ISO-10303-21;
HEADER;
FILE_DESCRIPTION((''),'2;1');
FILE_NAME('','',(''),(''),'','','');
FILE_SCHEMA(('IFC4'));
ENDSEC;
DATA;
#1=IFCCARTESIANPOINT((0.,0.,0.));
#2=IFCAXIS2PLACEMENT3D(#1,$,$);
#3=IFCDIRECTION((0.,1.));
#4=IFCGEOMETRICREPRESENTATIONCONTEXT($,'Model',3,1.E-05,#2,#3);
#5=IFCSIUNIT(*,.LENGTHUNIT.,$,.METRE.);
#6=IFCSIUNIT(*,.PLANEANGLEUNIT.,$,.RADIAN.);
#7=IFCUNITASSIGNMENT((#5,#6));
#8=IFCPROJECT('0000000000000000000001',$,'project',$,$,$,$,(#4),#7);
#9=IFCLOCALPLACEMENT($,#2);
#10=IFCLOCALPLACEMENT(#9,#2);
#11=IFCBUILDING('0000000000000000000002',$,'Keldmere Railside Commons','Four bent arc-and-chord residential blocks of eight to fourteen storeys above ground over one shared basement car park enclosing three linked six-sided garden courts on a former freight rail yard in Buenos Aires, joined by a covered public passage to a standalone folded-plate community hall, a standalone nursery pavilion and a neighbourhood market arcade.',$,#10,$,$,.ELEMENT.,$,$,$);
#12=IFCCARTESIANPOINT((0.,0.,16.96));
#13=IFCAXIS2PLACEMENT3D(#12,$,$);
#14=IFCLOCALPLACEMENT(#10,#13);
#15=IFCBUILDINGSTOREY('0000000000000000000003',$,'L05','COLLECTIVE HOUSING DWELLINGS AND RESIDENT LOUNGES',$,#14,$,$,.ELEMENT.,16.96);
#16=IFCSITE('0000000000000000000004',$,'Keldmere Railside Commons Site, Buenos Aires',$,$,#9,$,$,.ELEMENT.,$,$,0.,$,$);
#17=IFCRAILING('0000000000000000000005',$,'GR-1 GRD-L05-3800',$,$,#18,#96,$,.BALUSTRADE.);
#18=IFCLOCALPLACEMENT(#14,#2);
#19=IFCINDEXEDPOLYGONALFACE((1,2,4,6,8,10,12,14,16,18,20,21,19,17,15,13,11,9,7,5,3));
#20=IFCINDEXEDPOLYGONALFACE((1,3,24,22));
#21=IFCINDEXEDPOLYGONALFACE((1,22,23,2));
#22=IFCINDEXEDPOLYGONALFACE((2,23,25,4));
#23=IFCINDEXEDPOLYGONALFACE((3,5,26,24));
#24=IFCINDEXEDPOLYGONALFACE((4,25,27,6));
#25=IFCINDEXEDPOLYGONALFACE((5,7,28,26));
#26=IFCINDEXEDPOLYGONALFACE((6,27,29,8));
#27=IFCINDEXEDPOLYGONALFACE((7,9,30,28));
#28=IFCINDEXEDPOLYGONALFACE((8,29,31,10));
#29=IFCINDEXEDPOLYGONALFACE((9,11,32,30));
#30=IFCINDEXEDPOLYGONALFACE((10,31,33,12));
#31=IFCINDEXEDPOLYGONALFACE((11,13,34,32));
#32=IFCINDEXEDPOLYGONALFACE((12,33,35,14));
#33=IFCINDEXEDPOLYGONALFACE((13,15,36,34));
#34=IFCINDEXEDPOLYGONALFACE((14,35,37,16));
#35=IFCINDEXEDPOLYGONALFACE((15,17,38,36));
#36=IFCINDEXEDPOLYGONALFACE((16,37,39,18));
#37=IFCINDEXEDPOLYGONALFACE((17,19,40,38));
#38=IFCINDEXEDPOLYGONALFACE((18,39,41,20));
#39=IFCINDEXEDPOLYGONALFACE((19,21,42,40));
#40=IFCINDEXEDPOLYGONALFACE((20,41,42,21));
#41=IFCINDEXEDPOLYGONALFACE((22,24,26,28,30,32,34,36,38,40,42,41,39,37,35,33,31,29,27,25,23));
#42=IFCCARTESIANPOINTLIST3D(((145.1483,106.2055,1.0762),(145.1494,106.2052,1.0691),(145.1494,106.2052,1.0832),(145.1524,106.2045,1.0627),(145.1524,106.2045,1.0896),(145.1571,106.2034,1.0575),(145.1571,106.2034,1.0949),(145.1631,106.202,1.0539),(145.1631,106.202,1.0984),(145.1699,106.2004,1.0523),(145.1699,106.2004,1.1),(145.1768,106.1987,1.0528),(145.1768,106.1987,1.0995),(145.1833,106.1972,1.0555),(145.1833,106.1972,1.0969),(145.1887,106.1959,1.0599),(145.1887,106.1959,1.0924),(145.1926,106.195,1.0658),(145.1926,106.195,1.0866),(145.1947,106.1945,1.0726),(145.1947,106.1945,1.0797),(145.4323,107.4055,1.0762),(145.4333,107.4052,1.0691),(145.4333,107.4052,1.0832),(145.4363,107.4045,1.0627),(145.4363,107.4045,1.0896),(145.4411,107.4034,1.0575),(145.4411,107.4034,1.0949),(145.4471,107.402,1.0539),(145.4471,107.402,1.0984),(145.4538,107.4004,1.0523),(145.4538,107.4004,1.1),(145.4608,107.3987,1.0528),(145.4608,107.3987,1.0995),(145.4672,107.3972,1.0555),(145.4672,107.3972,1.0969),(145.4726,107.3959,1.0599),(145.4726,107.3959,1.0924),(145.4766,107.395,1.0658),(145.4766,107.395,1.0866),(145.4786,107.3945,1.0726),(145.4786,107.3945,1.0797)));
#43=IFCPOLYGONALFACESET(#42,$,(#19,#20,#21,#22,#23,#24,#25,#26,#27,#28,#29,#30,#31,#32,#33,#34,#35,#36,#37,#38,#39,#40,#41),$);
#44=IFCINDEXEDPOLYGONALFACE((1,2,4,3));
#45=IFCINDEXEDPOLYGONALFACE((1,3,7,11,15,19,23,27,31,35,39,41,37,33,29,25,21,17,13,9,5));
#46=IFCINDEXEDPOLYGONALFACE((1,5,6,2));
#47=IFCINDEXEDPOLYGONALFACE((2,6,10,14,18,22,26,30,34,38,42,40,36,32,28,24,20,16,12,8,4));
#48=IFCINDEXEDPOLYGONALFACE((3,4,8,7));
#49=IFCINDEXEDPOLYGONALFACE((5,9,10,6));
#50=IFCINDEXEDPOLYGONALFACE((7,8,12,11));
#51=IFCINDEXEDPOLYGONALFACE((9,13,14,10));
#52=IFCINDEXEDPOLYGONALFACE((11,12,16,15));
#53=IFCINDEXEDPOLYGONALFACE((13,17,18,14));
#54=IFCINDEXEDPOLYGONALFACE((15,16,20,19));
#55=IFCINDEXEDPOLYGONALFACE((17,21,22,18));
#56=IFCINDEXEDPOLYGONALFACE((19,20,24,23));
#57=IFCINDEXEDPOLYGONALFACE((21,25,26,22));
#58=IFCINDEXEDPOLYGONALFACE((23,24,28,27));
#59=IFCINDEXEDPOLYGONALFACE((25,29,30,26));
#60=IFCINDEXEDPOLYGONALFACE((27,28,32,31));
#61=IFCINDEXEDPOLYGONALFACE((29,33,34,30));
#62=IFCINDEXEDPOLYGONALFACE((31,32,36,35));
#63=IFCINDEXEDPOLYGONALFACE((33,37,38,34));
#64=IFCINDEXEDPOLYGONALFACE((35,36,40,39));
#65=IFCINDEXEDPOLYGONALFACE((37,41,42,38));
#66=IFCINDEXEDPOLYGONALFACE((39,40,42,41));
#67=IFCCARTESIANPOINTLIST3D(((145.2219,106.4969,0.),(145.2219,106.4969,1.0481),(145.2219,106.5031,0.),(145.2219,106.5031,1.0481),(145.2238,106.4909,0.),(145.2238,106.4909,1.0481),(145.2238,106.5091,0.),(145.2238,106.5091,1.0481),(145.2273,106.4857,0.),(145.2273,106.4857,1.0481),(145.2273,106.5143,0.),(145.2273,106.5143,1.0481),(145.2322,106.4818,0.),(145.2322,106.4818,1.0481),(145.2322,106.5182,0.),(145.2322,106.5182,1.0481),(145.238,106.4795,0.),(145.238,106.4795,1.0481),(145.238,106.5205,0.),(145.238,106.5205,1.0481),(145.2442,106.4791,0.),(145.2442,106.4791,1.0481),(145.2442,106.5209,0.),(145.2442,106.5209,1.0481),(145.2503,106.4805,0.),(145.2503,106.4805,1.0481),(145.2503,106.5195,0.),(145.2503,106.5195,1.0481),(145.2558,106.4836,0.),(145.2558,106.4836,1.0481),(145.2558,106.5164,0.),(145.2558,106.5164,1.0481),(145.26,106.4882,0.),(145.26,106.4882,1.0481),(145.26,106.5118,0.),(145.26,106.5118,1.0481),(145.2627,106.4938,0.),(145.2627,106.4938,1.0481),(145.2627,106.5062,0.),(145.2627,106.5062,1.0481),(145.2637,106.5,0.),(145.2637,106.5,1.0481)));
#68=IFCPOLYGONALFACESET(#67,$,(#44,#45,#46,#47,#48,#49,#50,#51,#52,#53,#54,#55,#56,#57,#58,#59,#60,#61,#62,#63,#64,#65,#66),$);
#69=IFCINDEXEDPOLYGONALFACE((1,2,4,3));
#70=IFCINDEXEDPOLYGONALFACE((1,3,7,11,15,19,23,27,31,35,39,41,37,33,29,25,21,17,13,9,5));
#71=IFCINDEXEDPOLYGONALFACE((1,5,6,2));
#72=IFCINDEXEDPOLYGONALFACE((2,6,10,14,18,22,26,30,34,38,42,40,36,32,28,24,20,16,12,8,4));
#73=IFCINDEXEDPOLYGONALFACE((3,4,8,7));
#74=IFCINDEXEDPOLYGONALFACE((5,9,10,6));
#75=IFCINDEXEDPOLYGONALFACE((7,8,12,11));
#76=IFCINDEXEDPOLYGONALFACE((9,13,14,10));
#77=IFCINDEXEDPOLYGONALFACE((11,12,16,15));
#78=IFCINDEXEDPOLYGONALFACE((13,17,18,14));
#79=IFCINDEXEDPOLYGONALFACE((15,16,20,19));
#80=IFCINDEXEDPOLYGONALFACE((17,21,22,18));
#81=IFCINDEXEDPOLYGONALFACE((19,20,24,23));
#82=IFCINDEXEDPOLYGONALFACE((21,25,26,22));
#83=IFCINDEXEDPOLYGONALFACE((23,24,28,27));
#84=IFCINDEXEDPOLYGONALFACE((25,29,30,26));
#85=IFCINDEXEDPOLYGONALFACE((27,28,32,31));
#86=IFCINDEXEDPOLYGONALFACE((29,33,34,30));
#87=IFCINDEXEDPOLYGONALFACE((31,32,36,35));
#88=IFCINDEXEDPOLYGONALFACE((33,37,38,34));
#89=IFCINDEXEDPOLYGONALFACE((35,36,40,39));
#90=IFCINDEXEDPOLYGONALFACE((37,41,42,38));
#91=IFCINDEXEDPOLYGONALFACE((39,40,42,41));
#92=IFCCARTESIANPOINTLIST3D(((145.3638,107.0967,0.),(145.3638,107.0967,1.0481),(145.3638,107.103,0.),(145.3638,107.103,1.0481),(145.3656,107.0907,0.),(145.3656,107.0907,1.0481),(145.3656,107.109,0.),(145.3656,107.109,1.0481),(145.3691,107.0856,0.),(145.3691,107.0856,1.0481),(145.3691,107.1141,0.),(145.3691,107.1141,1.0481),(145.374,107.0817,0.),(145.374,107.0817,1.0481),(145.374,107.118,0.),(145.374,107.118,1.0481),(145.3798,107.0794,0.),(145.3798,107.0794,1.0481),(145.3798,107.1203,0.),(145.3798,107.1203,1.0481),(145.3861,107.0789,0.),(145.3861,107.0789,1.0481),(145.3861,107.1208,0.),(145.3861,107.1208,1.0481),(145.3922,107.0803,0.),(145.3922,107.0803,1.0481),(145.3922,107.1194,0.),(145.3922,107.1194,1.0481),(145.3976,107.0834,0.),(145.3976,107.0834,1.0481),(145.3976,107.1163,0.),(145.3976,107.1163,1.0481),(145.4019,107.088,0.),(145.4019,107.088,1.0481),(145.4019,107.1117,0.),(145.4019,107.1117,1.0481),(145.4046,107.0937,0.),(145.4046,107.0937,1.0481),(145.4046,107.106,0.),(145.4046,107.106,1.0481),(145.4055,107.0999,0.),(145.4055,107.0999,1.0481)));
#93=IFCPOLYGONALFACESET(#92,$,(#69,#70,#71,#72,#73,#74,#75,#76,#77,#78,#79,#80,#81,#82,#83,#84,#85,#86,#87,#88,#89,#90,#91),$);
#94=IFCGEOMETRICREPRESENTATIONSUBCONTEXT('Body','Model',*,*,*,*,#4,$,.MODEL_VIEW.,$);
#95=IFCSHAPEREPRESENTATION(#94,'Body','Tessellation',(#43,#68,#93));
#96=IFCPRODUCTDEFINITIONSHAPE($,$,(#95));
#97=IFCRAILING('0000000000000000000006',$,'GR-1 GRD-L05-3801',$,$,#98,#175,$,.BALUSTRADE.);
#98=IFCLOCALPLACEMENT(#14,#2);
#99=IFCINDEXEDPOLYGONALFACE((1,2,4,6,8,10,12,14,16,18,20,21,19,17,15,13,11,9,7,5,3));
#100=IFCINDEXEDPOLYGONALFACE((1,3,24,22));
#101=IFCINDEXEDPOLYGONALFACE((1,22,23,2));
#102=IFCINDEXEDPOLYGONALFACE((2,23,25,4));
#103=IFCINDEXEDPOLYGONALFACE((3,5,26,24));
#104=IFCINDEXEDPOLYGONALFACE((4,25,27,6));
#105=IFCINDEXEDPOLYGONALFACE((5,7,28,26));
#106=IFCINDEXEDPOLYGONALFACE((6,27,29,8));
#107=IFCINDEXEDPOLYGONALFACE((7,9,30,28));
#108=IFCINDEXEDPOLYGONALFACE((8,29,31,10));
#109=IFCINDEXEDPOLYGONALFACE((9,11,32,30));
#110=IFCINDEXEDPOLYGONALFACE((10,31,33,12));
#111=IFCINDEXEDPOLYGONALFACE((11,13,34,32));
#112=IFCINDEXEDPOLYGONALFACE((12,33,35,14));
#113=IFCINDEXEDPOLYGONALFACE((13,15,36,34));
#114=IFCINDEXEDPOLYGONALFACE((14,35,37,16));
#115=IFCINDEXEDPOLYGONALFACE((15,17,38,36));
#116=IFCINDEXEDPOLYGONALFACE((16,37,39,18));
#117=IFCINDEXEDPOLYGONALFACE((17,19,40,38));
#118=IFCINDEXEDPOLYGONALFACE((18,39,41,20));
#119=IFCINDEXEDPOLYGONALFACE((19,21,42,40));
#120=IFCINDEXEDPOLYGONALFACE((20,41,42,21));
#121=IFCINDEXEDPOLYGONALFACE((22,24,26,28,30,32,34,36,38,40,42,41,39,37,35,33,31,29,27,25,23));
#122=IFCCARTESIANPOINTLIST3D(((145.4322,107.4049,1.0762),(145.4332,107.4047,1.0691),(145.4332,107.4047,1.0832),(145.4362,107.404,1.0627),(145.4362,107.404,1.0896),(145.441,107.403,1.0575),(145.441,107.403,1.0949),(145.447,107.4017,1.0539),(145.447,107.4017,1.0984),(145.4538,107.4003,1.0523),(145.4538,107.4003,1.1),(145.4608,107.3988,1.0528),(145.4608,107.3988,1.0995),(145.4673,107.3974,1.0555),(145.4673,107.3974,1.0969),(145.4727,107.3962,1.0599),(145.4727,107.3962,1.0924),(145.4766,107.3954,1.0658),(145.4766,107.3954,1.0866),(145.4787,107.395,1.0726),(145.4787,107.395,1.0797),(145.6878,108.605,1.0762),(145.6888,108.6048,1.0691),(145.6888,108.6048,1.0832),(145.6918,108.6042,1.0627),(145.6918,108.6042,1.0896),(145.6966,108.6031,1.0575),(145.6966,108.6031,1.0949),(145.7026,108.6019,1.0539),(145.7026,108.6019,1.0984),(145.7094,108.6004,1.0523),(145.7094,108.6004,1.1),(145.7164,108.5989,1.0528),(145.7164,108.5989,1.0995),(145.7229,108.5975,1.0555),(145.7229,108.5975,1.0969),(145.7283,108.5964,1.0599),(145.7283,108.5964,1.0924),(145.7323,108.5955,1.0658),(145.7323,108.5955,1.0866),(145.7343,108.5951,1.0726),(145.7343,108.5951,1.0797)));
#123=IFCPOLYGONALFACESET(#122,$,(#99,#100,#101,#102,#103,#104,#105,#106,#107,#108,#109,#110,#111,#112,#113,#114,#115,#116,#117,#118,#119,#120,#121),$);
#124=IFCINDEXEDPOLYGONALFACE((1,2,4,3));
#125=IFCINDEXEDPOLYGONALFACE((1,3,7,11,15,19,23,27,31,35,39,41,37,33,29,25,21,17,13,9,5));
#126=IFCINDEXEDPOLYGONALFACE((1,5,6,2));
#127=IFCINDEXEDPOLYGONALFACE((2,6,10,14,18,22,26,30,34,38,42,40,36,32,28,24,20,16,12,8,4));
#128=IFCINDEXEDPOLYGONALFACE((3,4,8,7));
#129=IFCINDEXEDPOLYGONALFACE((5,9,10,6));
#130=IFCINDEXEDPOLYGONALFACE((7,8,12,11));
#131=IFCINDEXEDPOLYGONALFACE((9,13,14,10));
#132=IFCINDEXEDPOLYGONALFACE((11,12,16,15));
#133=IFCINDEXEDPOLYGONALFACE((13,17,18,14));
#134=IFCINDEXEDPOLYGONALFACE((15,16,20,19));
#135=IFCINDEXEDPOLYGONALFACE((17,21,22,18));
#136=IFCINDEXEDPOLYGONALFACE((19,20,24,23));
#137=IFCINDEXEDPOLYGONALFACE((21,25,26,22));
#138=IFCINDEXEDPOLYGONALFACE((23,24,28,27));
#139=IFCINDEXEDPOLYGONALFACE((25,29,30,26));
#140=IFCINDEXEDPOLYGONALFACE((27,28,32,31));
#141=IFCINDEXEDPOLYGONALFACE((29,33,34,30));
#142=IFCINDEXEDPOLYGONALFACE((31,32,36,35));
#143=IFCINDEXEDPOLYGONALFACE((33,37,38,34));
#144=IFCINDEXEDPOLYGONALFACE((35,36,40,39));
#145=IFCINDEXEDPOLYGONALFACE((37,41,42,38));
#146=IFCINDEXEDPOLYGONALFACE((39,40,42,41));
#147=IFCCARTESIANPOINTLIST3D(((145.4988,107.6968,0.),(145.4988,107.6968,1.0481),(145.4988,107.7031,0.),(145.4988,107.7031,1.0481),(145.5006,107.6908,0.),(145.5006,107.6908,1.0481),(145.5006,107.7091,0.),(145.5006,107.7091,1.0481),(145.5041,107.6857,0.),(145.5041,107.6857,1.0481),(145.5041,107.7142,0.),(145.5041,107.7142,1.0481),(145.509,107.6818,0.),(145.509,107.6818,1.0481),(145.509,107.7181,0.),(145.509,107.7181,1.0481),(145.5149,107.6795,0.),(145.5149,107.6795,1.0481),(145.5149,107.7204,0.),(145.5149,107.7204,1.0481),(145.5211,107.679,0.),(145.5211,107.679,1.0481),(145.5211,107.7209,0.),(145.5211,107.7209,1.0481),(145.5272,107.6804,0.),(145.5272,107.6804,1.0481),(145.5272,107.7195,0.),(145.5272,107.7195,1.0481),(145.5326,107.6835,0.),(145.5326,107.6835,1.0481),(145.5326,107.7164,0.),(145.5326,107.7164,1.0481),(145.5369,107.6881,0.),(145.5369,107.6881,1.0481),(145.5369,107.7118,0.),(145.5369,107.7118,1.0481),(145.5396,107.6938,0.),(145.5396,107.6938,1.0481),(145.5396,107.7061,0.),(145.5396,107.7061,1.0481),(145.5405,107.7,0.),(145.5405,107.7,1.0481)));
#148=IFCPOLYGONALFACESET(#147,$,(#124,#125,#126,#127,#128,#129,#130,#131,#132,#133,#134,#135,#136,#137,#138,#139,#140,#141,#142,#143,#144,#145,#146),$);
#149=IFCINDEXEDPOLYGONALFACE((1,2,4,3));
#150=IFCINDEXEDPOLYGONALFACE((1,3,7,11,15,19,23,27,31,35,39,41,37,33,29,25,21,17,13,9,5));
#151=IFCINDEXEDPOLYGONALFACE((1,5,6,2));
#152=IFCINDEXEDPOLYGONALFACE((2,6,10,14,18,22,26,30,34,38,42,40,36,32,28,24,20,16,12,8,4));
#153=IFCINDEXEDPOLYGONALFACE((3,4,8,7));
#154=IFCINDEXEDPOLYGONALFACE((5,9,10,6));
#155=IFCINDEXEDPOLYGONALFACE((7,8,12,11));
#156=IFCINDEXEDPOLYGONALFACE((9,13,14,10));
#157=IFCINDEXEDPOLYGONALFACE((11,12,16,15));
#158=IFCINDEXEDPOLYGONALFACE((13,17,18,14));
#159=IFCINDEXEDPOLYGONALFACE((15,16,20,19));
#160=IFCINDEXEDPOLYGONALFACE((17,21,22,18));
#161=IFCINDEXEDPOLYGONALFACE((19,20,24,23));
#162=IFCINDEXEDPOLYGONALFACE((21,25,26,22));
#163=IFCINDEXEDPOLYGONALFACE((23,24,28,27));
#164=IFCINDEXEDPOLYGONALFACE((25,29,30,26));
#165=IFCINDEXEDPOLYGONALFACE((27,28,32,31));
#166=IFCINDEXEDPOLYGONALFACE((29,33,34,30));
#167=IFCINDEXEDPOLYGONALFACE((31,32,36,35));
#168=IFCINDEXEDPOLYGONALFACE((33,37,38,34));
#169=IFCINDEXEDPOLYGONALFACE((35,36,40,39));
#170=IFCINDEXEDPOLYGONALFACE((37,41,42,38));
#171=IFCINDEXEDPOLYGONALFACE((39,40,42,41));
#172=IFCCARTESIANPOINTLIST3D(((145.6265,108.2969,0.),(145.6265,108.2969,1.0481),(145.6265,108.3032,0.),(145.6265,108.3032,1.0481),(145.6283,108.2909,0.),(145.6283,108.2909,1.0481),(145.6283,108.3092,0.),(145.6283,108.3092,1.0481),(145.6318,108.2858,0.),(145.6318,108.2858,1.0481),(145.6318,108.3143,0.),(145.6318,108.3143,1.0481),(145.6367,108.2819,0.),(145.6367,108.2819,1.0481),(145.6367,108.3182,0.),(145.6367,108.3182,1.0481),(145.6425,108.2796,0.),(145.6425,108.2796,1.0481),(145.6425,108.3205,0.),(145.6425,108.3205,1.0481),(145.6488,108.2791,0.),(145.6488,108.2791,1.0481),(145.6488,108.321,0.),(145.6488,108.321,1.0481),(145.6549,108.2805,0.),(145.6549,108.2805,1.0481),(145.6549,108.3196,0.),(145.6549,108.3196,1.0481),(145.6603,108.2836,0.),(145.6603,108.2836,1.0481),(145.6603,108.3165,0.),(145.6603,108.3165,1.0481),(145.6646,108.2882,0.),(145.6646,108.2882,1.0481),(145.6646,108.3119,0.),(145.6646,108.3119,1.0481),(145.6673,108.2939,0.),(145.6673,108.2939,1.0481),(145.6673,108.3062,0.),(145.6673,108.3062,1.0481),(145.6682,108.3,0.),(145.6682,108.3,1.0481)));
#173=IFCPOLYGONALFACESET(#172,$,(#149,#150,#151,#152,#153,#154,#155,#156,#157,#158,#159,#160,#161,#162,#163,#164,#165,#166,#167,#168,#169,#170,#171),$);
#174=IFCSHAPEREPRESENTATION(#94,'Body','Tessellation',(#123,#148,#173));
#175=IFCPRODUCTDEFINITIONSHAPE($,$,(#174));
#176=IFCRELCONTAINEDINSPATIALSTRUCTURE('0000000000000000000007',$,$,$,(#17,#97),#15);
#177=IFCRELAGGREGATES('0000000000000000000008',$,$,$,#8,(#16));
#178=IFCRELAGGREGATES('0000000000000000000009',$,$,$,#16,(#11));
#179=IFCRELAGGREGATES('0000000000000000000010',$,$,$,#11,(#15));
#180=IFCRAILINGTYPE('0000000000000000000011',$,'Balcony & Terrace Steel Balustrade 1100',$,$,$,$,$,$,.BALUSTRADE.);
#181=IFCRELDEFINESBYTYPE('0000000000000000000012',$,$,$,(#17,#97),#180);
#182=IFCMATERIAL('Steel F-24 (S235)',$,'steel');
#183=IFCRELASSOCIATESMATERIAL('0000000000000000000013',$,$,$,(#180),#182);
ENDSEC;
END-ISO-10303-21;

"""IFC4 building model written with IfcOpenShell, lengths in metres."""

from ifc_helpers import new_model, si_unit, direction, frame, origin, origin_2d, place, context, subcontext, project, spatial, circle, extrude, material, type_object, element, save


model = new_model("IFC4")

# Units and contexts
model_context = context("Model", 3, precision=1e-05, world=origin(), true_north=direction((0.0, 1.0)))
body_context = subcontext(model_context, "Body", "Model", "MODEL_VIEW")
ifc_project = project(units=[si_unit("LENGTHUNIT", "METRE"), si_unit("PLANEANGLEUNIT", "RADIAN")], contexts=[model_context])

# Site, building, storey
site_placement = place(None, origin())
site = spatial("IfcSite", under=ifc_project, at=site_placement, Name="Keldmere Railside Commons Site, Buenos Aires", CompositionType="ELEMENT", RefElevation=0.0)
building_placement = place(site_placement, origin())
building = spatial("IfcBuilding", under=site, at=building_placement, Name="Keldmere Railside Commons", Description="Four bent arc-and-chord residential blocks of eight to fourteen storeys above ground over one shared basement car park enclosing three linked six-sided garden courts on a former freight rail yard in Buenos Aires, joined by a covered public passage to a standalone folded-plate community hall, a standalone nursery pavilion and a neighbourhood market arcade.", CompositionType="ELEMENT")
storey_placement = place(building_placement, frame((0.0, 0.0, 16.96)))
storey = spatial("IfcBuildingStorey", under=building, at=storey_placement, Name="L05", Description="COLLECTIVE HOUSING DWELLINGS AND RESIDENT LOUNGES", CompositionType="ELEMENT", Elevation=16.96)

# Shared definitions
ifc_material_1 = material(Name="Steel F-24 (S235)", Category="steel")

# Railings
railing_type = type_object("IfcRailingType", Name="Balcony & Terrace Steel Balustrade 1100", PredefinedType="BALUSTRADE", material=ifc_material_1)
railing_1_placement = place(storey_placement, frame((145.1716, 106.2, 0.0)))
element("IfcRailing", 1, at=railing_1_placement, inside=storey, type_object=railing_type, Name="GR-1 GRD-L05-3800", PredefinedType="BALUSTRADE", context=body_context, shape_type="SweptSolid", body=[
    extrude(circle(Radius=0.0239, at=origin_2d()), frame((0.0, 0.0, 1.0762), z_axis=(0.230264, 0.973128, 0.0), x_axis=(-0.973128, 0.230264, 0.0)), (0.0, 0.0, 1.0), 1.2332),
    extrude(circle(Radius=0.021, at=origin_2d()), frame((0.071, 0.3, 0.0)), (0.0, 0.0, 1.0), 1.0481),
    extrude(circle(Radius=0.021, at=origin_2d()), frame((0.2129, 0.8999, 0.0)), (0.0, 0.0, 1.0), 1.0481),
])
railing_2_placement = place(storey_placement, frame((145.4556, 107.3999, 0.0)))
element("IfcRailing", 2, at=railing_2_placement, inside=storey, type_object=railing_type, Name="GR-1 GRD-L05-3801", PredefinedType="BALUSTRADE", context=body_context, shape_type="SweptSolid", body=[
    extrude(circle(Radius=0.0239, at=origin_2d()), frame((0.0, 0.0, 1.0762), z_axis=(0.208306, 0.978064, 0.0), x_axis=(-0.978064, 0.208306, 0.0)), (0.0, 0.0, 1.0), 1.2271),
    extrude(circle(Radius=0.021, at=origin_2d()), frame((0.064, 0.3, 0.0)), (0.0, 0.0, 1.0), 1.0481),
    extrude(circle(Radius=0.021, at=origin_2d()), frame((0.1917, 0.9001, 0.0)), (0.0, 0.0, 1.0), 1.0481),
])

save(model, "model.ifc")
